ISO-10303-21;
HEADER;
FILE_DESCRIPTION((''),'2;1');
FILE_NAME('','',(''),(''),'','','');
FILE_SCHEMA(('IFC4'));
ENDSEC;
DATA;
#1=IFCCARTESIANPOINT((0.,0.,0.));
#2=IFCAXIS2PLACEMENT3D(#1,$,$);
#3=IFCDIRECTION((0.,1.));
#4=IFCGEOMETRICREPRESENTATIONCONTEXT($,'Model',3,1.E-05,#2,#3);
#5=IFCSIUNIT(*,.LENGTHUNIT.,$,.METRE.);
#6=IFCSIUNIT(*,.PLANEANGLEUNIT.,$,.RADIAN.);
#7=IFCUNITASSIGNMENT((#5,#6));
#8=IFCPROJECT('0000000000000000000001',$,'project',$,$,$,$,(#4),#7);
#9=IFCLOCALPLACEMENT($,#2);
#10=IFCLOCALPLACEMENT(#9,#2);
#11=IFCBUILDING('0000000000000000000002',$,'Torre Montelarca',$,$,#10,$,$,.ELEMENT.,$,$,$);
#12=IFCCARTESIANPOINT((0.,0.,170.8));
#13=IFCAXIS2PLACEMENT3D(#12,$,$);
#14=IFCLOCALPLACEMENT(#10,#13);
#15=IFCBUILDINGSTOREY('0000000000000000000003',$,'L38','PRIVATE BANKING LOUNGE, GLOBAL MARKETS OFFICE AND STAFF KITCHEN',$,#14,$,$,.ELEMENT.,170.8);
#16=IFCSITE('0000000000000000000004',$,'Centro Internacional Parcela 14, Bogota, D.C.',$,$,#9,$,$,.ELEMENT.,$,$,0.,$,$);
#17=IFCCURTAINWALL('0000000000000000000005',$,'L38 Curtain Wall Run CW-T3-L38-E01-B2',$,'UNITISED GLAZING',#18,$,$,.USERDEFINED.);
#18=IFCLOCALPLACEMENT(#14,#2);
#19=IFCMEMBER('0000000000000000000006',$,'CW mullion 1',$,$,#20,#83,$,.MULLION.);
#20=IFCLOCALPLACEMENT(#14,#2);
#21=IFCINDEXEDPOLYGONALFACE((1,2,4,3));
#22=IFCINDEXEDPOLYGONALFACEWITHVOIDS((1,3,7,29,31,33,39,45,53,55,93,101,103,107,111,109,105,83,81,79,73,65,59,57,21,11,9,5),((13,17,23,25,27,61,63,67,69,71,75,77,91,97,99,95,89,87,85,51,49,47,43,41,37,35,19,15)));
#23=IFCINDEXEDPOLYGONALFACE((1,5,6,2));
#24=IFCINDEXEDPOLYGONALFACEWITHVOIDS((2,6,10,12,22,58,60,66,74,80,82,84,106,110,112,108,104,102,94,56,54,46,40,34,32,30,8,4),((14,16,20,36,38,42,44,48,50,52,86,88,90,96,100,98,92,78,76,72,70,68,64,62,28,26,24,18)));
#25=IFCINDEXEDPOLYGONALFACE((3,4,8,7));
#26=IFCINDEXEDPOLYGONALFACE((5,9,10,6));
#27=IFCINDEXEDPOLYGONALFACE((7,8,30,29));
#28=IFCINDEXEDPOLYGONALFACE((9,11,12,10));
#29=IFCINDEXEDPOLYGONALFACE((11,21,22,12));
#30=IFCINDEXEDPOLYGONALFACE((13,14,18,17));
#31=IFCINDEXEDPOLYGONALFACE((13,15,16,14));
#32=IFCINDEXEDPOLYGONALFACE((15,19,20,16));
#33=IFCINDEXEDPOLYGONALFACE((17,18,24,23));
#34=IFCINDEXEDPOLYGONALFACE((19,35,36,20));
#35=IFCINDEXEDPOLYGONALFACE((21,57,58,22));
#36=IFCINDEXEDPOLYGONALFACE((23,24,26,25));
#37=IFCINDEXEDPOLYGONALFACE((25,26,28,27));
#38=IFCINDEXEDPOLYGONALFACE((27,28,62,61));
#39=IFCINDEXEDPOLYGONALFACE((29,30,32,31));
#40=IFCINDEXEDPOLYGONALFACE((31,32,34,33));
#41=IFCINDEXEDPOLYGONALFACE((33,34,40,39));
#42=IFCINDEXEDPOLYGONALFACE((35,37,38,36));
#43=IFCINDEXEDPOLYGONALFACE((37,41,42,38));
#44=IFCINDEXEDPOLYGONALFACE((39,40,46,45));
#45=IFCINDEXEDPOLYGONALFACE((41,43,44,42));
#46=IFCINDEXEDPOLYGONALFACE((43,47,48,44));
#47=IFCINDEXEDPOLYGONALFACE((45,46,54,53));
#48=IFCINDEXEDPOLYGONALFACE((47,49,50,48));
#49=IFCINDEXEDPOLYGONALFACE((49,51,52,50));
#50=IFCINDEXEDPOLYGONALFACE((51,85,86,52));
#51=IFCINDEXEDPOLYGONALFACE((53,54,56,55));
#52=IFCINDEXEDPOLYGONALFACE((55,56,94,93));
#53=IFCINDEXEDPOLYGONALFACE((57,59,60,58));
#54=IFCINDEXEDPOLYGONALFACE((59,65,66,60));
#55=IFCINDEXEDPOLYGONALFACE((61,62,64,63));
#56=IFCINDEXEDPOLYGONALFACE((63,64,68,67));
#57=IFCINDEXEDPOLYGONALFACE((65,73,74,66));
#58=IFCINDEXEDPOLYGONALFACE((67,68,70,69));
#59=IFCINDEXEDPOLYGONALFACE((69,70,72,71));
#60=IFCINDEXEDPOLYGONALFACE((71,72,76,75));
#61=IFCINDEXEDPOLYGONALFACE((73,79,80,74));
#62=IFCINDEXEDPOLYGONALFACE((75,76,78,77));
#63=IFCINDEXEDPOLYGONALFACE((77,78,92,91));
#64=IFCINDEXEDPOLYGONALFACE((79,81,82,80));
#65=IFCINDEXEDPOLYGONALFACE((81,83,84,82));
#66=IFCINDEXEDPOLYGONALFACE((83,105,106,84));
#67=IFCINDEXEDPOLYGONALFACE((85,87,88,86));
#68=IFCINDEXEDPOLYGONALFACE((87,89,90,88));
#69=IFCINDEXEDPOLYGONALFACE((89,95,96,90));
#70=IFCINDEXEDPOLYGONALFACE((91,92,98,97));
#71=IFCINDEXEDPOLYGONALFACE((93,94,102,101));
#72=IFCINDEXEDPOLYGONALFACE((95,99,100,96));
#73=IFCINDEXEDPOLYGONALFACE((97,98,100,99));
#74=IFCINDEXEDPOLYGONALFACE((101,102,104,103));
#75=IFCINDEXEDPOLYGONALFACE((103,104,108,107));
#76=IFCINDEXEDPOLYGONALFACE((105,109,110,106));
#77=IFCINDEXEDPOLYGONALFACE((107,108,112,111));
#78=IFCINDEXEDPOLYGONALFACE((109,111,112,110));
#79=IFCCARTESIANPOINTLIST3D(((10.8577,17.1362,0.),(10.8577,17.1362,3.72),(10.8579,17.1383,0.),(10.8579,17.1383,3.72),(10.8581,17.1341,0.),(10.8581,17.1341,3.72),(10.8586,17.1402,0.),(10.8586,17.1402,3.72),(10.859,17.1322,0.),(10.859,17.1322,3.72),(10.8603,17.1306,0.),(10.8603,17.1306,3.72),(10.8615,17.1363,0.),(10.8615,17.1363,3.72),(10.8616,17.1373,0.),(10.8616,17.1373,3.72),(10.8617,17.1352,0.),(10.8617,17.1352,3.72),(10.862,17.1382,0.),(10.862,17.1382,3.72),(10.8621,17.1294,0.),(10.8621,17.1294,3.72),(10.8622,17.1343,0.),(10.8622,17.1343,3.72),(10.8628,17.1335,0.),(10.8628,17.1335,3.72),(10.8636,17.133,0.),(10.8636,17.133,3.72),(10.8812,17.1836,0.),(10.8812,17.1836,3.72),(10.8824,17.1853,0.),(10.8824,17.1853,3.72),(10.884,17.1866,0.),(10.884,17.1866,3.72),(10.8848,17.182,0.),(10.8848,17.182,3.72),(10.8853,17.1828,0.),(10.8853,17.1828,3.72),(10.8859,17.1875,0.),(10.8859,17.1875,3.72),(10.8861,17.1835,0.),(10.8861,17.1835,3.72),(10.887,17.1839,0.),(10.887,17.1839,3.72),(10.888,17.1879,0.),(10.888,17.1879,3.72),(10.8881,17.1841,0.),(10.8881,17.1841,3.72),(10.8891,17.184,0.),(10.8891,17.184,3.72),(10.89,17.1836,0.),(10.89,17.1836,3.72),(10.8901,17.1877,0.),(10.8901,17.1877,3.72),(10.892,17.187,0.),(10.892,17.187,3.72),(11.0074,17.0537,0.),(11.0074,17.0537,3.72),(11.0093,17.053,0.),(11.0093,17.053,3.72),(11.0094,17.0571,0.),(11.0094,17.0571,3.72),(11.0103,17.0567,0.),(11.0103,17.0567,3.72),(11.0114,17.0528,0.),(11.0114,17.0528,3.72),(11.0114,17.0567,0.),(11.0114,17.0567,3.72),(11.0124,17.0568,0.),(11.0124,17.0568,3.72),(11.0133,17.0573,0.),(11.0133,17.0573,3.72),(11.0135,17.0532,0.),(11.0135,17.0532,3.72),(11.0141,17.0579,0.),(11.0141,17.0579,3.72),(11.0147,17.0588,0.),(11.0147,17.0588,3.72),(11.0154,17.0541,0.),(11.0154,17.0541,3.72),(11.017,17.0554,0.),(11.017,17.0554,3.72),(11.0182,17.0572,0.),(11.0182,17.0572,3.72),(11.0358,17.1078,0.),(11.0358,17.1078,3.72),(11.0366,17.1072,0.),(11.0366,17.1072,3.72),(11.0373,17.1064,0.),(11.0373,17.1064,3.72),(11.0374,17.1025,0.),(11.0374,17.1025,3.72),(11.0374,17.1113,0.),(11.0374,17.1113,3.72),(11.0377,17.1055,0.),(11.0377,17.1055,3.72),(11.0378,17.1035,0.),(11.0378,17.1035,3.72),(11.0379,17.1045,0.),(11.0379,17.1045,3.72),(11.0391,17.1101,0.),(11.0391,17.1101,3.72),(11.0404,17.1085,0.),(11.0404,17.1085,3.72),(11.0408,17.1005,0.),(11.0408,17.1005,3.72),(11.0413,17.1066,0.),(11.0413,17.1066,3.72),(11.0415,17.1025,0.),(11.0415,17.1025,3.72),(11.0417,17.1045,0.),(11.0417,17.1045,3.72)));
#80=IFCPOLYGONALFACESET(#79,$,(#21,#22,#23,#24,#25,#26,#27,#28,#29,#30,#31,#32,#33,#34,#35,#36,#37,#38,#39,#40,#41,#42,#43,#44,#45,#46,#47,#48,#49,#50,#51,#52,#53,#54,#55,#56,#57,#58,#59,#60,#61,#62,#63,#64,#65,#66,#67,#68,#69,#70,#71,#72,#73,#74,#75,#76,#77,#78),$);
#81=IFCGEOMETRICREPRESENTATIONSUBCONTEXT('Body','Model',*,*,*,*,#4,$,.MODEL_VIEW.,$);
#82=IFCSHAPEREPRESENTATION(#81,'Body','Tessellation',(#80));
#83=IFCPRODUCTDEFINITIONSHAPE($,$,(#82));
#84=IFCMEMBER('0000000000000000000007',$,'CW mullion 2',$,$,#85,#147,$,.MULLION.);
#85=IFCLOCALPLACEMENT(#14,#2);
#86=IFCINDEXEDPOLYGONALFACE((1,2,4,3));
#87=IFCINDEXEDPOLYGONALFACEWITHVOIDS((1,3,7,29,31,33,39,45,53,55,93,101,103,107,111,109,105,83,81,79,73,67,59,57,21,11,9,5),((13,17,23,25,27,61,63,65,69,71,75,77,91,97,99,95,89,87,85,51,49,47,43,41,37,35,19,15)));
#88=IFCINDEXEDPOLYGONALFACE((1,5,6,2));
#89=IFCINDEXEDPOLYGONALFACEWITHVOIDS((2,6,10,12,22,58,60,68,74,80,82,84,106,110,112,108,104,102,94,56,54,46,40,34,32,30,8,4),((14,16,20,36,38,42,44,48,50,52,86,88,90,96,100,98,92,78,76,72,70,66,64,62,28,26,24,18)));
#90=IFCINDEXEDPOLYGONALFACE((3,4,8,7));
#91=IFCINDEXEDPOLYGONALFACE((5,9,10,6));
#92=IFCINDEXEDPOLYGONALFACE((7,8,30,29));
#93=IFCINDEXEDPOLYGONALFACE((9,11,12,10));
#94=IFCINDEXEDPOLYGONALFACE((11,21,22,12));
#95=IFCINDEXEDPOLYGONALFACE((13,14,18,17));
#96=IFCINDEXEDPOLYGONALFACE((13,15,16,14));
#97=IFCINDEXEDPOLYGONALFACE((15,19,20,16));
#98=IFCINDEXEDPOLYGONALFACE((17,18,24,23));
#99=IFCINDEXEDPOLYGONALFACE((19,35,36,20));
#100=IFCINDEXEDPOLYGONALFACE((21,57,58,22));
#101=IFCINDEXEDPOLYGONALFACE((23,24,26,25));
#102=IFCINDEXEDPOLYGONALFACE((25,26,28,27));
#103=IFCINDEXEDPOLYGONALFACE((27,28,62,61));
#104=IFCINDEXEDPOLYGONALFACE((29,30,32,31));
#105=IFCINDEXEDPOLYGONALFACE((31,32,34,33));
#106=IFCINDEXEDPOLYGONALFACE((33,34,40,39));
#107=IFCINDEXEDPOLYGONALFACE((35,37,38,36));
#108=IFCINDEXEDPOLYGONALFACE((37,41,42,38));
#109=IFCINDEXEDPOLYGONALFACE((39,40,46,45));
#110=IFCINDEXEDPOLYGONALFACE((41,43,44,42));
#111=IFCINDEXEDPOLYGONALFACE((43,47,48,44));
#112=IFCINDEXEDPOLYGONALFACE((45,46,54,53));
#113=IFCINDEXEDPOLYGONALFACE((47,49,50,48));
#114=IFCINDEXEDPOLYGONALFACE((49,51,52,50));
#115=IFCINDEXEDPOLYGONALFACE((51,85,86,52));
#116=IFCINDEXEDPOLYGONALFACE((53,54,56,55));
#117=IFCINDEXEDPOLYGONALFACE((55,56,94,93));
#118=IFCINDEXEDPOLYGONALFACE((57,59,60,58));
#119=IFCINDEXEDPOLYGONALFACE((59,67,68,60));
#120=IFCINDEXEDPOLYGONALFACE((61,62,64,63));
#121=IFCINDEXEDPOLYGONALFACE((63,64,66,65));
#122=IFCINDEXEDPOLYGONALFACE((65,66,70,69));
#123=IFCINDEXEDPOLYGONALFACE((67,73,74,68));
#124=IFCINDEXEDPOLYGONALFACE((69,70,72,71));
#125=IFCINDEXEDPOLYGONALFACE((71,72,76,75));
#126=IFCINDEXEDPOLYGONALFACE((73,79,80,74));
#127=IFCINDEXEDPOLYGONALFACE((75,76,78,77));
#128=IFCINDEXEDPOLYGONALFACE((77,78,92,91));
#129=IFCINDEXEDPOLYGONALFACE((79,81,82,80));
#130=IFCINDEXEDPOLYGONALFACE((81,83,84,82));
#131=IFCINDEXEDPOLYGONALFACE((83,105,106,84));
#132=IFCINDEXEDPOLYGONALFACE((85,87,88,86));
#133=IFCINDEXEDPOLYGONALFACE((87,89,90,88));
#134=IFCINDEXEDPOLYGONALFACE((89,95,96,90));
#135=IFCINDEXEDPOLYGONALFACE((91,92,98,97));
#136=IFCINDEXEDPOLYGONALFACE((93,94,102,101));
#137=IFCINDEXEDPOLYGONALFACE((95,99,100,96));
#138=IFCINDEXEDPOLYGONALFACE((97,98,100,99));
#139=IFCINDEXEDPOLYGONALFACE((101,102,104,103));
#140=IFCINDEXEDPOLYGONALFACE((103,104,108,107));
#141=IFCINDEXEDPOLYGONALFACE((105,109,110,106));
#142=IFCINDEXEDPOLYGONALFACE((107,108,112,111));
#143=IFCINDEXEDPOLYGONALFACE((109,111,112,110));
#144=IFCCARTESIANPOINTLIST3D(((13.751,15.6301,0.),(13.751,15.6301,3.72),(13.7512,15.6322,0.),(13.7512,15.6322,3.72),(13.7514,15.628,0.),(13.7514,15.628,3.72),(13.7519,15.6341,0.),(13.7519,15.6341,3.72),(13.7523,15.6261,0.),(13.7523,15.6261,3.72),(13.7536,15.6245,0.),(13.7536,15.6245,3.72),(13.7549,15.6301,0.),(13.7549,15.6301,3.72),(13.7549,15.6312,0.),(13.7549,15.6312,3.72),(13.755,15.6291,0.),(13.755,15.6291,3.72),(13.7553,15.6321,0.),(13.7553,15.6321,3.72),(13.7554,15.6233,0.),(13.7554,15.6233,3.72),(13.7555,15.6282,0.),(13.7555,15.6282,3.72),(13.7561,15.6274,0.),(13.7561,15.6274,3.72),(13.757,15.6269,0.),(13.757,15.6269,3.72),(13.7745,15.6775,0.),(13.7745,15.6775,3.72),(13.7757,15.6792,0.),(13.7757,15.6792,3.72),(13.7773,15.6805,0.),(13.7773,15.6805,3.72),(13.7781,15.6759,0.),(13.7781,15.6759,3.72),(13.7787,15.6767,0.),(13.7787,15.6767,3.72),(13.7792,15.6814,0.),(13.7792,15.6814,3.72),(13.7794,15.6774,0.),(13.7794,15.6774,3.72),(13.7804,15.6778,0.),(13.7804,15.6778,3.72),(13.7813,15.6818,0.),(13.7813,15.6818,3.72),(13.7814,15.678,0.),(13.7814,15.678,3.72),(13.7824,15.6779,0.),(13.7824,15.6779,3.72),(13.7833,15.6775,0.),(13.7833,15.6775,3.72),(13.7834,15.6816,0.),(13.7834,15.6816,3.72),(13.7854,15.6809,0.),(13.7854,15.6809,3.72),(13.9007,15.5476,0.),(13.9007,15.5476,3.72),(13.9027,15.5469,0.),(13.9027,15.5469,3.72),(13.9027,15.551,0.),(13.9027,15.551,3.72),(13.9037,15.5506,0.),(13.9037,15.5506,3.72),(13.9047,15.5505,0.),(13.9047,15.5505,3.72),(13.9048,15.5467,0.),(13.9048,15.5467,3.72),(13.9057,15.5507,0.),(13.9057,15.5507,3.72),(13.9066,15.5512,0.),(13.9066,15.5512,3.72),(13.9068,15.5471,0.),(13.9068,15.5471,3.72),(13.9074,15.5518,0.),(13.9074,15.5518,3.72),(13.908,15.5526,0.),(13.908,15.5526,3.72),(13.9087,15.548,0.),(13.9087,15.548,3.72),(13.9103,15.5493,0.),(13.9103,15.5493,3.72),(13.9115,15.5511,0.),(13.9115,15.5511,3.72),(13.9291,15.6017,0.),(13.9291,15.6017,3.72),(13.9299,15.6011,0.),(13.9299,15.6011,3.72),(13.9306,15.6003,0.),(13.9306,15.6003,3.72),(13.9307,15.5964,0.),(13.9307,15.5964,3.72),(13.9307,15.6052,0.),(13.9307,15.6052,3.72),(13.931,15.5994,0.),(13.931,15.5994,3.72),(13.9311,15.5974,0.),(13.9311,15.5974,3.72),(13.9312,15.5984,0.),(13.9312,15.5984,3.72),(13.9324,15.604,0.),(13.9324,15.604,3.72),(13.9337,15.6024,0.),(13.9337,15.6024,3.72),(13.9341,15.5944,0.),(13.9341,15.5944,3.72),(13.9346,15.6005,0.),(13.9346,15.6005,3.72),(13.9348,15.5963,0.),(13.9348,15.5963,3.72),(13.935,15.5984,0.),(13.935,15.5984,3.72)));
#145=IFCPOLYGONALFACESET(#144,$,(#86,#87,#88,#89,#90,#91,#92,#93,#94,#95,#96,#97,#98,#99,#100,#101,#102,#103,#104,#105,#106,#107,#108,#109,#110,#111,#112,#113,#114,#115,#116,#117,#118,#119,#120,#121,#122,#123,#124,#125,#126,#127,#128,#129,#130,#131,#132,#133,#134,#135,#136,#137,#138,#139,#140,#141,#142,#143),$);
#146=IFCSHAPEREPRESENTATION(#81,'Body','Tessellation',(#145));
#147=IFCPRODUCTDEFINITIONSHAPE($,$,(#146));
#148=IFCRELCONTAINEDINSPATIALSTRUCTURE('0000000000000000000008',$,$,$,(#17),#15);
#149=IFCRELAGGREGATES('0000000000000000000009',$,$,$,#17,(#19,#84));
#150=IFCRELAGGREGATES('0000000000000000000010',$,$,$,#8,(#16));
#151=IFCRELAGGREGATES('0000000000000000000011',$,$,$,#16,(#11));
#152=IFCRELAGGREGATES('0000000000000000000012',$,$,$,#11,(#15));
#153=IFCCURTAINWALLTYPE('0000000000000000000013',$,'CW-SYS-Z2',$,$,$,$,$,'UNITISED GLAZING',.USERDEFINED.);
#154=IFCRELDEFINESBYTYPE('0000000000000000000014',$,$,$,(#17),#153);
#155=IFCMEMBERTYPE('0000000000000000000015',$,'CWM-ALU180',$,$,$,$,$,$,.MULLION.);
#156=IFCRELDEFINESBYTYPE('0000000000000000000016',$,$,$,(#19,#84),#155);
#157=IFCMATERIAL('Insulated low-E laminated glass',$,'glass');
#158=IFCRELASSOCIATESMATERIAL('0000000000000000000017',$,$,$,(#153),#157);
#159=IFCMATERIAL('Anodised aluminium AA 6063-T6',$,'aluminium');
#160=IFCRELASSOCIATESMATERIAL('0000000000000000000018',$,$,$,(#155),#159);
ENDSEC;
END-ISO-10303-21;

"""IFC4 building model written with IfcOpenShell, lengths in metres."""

from ifc_helpers import new_model, si_unit, direction, frame, origin, origin_2d, place, context, subcontext, project, spatial, hollow_rectangle, extrude, source, transform, mapped, material, material_profile, profile_set, type_object, element, aggregate, save


model = new_model("IFC4")

# Units and contexts
model_context = context("Model", 3, precision=1e-05, world=origin(), true_north=direction((0.0, 1.0)))
body_context = subcontext(model_context, "Body", "Model", "MODEL_VIEW")
ifc_project = project(units=[si_unit("LENGTHUNIT", "METRE"), si_unit("PLANEANGLEUNIT", "RADIAN")], contexts=[model_context])

# Site, building, storey
site_placement = place(None, origin())
site = spatial("IfcSite", under=ifc_project, at=site_placement, Name="Centro Internacional Parcela 14, Bogota, D.C.", CompositionType="ELEMENT", RefElevation=0.0)
building_placement = place(site_placement, origin())
building = spatial("IfcBuilding", under=site, at=building_placement, Name="Torre Montelarca", CompositionType="ELEMENT")
storey_placement = place(building_placement, frame((0.0, 0.0, 170.8)))
storey = spatial("IfcBuildingStorey", under=building, at=storey_placement, Name="L38", Description="PRIVATE BANKING LOUNGE, GLOBAL MARKETS OFFICE AND STAFF KITCHEN", CompositionType="ELEMENT", Elevation=170.8)

# Curtain wall, members
ifc_material_1 = material(Name="Insulated low-E laminated glass", Category="glass")
curtain_wall_type = type_object("IfcCurtainWallType", Name="CW-SYS-Z2", ElementType="UNITISED GLAZING", PredefinedType="USERDEFINED", material=ifc_material_1)
ifc_material_2 = material(Name="Anodised aluminium AA 6063-T6", Category="aluminium")
ifc_material_profile_1 = material_profile(ifc_material_2, hollow_rectangle(XDim=0.0649, YDim=0.1799, WallThickness=0.0039, InnerFilletRadius=0.0039, OuterFilletRadius=0.0081, at=origin_2d()), Name="ALU65X180X4", Category="aluminium")
ifc_profile_set_1 = profile_set([ifc_material_profile_1], Name="Anodised aluminium AA 6063-T6")
member_type_1 = type_object("IfcMemberType", Name="CWM-ALU180", PredefinedType="MULLION", material=ifc_profile_set_1)
shared_shape_1 = source(origin(), body_context, "Body", "SweptSolid", [
    extrude(hollow_rectangle(XDim=0.0649, YDim=0.1799, WallThickness=0.0039, InnerFilletRadius=0.0039, OuterFilletRadius=0.0081, at=origin_2d()), origin(), (0.0, 0.0, 1.0), 3.72),
])
curtain_wall_1_placement = place(storey_placement, origin())
curtain_wall_1 = element("IfcCurtainWall", 1, at=curtain_wall_1_placement, inside=storey, type_object=curtain_wall_type, Name="L38 Curtain Wall Run CW-T3-L38-E01-B2", ObjectType="UNITISED GLAZING", PredefinedType="USERDEFINED")
member_1_placement = place(storey_placement, frame((10.9497, 17.1204, 0.0), z_axis=(0.0, 0.0, 1.0), x_axis=(0.461749, 0.88701, 0.0)))
member_1 = element("IfcMember", 2, at=member_1_placement, type_object=member_type_1, Name="CW mullion 1", PredefinedType="MULLION", context=body_context, shape_type="MappedRepresentation", body=[
    mapped(shared_shape_1, transform((0.0, 0.0, 0.0), scale=1.0)),
])
member_2_placement = place(storey_placement, frame((13.843, 15.6143, 0.0), z_axis=(0.0, 0.0, 1.0), x_axis=(0.461749, 0.88701, 0.0)))
member_2 = element("IfcMember", 3, at=member_2_placement, type_object=member_type_1, Name="CW mullion 2", PredefinedType="MULLION", context=body_context, shape_type="MappedRepresentation", body=[
    mapped(shared_shape_1, transform((0.0, 0.0, 0.0), scale=1.0)),
])

aggregate(curtain_wall_1, [member_1, member_2])

save(model, "model.ifc")
